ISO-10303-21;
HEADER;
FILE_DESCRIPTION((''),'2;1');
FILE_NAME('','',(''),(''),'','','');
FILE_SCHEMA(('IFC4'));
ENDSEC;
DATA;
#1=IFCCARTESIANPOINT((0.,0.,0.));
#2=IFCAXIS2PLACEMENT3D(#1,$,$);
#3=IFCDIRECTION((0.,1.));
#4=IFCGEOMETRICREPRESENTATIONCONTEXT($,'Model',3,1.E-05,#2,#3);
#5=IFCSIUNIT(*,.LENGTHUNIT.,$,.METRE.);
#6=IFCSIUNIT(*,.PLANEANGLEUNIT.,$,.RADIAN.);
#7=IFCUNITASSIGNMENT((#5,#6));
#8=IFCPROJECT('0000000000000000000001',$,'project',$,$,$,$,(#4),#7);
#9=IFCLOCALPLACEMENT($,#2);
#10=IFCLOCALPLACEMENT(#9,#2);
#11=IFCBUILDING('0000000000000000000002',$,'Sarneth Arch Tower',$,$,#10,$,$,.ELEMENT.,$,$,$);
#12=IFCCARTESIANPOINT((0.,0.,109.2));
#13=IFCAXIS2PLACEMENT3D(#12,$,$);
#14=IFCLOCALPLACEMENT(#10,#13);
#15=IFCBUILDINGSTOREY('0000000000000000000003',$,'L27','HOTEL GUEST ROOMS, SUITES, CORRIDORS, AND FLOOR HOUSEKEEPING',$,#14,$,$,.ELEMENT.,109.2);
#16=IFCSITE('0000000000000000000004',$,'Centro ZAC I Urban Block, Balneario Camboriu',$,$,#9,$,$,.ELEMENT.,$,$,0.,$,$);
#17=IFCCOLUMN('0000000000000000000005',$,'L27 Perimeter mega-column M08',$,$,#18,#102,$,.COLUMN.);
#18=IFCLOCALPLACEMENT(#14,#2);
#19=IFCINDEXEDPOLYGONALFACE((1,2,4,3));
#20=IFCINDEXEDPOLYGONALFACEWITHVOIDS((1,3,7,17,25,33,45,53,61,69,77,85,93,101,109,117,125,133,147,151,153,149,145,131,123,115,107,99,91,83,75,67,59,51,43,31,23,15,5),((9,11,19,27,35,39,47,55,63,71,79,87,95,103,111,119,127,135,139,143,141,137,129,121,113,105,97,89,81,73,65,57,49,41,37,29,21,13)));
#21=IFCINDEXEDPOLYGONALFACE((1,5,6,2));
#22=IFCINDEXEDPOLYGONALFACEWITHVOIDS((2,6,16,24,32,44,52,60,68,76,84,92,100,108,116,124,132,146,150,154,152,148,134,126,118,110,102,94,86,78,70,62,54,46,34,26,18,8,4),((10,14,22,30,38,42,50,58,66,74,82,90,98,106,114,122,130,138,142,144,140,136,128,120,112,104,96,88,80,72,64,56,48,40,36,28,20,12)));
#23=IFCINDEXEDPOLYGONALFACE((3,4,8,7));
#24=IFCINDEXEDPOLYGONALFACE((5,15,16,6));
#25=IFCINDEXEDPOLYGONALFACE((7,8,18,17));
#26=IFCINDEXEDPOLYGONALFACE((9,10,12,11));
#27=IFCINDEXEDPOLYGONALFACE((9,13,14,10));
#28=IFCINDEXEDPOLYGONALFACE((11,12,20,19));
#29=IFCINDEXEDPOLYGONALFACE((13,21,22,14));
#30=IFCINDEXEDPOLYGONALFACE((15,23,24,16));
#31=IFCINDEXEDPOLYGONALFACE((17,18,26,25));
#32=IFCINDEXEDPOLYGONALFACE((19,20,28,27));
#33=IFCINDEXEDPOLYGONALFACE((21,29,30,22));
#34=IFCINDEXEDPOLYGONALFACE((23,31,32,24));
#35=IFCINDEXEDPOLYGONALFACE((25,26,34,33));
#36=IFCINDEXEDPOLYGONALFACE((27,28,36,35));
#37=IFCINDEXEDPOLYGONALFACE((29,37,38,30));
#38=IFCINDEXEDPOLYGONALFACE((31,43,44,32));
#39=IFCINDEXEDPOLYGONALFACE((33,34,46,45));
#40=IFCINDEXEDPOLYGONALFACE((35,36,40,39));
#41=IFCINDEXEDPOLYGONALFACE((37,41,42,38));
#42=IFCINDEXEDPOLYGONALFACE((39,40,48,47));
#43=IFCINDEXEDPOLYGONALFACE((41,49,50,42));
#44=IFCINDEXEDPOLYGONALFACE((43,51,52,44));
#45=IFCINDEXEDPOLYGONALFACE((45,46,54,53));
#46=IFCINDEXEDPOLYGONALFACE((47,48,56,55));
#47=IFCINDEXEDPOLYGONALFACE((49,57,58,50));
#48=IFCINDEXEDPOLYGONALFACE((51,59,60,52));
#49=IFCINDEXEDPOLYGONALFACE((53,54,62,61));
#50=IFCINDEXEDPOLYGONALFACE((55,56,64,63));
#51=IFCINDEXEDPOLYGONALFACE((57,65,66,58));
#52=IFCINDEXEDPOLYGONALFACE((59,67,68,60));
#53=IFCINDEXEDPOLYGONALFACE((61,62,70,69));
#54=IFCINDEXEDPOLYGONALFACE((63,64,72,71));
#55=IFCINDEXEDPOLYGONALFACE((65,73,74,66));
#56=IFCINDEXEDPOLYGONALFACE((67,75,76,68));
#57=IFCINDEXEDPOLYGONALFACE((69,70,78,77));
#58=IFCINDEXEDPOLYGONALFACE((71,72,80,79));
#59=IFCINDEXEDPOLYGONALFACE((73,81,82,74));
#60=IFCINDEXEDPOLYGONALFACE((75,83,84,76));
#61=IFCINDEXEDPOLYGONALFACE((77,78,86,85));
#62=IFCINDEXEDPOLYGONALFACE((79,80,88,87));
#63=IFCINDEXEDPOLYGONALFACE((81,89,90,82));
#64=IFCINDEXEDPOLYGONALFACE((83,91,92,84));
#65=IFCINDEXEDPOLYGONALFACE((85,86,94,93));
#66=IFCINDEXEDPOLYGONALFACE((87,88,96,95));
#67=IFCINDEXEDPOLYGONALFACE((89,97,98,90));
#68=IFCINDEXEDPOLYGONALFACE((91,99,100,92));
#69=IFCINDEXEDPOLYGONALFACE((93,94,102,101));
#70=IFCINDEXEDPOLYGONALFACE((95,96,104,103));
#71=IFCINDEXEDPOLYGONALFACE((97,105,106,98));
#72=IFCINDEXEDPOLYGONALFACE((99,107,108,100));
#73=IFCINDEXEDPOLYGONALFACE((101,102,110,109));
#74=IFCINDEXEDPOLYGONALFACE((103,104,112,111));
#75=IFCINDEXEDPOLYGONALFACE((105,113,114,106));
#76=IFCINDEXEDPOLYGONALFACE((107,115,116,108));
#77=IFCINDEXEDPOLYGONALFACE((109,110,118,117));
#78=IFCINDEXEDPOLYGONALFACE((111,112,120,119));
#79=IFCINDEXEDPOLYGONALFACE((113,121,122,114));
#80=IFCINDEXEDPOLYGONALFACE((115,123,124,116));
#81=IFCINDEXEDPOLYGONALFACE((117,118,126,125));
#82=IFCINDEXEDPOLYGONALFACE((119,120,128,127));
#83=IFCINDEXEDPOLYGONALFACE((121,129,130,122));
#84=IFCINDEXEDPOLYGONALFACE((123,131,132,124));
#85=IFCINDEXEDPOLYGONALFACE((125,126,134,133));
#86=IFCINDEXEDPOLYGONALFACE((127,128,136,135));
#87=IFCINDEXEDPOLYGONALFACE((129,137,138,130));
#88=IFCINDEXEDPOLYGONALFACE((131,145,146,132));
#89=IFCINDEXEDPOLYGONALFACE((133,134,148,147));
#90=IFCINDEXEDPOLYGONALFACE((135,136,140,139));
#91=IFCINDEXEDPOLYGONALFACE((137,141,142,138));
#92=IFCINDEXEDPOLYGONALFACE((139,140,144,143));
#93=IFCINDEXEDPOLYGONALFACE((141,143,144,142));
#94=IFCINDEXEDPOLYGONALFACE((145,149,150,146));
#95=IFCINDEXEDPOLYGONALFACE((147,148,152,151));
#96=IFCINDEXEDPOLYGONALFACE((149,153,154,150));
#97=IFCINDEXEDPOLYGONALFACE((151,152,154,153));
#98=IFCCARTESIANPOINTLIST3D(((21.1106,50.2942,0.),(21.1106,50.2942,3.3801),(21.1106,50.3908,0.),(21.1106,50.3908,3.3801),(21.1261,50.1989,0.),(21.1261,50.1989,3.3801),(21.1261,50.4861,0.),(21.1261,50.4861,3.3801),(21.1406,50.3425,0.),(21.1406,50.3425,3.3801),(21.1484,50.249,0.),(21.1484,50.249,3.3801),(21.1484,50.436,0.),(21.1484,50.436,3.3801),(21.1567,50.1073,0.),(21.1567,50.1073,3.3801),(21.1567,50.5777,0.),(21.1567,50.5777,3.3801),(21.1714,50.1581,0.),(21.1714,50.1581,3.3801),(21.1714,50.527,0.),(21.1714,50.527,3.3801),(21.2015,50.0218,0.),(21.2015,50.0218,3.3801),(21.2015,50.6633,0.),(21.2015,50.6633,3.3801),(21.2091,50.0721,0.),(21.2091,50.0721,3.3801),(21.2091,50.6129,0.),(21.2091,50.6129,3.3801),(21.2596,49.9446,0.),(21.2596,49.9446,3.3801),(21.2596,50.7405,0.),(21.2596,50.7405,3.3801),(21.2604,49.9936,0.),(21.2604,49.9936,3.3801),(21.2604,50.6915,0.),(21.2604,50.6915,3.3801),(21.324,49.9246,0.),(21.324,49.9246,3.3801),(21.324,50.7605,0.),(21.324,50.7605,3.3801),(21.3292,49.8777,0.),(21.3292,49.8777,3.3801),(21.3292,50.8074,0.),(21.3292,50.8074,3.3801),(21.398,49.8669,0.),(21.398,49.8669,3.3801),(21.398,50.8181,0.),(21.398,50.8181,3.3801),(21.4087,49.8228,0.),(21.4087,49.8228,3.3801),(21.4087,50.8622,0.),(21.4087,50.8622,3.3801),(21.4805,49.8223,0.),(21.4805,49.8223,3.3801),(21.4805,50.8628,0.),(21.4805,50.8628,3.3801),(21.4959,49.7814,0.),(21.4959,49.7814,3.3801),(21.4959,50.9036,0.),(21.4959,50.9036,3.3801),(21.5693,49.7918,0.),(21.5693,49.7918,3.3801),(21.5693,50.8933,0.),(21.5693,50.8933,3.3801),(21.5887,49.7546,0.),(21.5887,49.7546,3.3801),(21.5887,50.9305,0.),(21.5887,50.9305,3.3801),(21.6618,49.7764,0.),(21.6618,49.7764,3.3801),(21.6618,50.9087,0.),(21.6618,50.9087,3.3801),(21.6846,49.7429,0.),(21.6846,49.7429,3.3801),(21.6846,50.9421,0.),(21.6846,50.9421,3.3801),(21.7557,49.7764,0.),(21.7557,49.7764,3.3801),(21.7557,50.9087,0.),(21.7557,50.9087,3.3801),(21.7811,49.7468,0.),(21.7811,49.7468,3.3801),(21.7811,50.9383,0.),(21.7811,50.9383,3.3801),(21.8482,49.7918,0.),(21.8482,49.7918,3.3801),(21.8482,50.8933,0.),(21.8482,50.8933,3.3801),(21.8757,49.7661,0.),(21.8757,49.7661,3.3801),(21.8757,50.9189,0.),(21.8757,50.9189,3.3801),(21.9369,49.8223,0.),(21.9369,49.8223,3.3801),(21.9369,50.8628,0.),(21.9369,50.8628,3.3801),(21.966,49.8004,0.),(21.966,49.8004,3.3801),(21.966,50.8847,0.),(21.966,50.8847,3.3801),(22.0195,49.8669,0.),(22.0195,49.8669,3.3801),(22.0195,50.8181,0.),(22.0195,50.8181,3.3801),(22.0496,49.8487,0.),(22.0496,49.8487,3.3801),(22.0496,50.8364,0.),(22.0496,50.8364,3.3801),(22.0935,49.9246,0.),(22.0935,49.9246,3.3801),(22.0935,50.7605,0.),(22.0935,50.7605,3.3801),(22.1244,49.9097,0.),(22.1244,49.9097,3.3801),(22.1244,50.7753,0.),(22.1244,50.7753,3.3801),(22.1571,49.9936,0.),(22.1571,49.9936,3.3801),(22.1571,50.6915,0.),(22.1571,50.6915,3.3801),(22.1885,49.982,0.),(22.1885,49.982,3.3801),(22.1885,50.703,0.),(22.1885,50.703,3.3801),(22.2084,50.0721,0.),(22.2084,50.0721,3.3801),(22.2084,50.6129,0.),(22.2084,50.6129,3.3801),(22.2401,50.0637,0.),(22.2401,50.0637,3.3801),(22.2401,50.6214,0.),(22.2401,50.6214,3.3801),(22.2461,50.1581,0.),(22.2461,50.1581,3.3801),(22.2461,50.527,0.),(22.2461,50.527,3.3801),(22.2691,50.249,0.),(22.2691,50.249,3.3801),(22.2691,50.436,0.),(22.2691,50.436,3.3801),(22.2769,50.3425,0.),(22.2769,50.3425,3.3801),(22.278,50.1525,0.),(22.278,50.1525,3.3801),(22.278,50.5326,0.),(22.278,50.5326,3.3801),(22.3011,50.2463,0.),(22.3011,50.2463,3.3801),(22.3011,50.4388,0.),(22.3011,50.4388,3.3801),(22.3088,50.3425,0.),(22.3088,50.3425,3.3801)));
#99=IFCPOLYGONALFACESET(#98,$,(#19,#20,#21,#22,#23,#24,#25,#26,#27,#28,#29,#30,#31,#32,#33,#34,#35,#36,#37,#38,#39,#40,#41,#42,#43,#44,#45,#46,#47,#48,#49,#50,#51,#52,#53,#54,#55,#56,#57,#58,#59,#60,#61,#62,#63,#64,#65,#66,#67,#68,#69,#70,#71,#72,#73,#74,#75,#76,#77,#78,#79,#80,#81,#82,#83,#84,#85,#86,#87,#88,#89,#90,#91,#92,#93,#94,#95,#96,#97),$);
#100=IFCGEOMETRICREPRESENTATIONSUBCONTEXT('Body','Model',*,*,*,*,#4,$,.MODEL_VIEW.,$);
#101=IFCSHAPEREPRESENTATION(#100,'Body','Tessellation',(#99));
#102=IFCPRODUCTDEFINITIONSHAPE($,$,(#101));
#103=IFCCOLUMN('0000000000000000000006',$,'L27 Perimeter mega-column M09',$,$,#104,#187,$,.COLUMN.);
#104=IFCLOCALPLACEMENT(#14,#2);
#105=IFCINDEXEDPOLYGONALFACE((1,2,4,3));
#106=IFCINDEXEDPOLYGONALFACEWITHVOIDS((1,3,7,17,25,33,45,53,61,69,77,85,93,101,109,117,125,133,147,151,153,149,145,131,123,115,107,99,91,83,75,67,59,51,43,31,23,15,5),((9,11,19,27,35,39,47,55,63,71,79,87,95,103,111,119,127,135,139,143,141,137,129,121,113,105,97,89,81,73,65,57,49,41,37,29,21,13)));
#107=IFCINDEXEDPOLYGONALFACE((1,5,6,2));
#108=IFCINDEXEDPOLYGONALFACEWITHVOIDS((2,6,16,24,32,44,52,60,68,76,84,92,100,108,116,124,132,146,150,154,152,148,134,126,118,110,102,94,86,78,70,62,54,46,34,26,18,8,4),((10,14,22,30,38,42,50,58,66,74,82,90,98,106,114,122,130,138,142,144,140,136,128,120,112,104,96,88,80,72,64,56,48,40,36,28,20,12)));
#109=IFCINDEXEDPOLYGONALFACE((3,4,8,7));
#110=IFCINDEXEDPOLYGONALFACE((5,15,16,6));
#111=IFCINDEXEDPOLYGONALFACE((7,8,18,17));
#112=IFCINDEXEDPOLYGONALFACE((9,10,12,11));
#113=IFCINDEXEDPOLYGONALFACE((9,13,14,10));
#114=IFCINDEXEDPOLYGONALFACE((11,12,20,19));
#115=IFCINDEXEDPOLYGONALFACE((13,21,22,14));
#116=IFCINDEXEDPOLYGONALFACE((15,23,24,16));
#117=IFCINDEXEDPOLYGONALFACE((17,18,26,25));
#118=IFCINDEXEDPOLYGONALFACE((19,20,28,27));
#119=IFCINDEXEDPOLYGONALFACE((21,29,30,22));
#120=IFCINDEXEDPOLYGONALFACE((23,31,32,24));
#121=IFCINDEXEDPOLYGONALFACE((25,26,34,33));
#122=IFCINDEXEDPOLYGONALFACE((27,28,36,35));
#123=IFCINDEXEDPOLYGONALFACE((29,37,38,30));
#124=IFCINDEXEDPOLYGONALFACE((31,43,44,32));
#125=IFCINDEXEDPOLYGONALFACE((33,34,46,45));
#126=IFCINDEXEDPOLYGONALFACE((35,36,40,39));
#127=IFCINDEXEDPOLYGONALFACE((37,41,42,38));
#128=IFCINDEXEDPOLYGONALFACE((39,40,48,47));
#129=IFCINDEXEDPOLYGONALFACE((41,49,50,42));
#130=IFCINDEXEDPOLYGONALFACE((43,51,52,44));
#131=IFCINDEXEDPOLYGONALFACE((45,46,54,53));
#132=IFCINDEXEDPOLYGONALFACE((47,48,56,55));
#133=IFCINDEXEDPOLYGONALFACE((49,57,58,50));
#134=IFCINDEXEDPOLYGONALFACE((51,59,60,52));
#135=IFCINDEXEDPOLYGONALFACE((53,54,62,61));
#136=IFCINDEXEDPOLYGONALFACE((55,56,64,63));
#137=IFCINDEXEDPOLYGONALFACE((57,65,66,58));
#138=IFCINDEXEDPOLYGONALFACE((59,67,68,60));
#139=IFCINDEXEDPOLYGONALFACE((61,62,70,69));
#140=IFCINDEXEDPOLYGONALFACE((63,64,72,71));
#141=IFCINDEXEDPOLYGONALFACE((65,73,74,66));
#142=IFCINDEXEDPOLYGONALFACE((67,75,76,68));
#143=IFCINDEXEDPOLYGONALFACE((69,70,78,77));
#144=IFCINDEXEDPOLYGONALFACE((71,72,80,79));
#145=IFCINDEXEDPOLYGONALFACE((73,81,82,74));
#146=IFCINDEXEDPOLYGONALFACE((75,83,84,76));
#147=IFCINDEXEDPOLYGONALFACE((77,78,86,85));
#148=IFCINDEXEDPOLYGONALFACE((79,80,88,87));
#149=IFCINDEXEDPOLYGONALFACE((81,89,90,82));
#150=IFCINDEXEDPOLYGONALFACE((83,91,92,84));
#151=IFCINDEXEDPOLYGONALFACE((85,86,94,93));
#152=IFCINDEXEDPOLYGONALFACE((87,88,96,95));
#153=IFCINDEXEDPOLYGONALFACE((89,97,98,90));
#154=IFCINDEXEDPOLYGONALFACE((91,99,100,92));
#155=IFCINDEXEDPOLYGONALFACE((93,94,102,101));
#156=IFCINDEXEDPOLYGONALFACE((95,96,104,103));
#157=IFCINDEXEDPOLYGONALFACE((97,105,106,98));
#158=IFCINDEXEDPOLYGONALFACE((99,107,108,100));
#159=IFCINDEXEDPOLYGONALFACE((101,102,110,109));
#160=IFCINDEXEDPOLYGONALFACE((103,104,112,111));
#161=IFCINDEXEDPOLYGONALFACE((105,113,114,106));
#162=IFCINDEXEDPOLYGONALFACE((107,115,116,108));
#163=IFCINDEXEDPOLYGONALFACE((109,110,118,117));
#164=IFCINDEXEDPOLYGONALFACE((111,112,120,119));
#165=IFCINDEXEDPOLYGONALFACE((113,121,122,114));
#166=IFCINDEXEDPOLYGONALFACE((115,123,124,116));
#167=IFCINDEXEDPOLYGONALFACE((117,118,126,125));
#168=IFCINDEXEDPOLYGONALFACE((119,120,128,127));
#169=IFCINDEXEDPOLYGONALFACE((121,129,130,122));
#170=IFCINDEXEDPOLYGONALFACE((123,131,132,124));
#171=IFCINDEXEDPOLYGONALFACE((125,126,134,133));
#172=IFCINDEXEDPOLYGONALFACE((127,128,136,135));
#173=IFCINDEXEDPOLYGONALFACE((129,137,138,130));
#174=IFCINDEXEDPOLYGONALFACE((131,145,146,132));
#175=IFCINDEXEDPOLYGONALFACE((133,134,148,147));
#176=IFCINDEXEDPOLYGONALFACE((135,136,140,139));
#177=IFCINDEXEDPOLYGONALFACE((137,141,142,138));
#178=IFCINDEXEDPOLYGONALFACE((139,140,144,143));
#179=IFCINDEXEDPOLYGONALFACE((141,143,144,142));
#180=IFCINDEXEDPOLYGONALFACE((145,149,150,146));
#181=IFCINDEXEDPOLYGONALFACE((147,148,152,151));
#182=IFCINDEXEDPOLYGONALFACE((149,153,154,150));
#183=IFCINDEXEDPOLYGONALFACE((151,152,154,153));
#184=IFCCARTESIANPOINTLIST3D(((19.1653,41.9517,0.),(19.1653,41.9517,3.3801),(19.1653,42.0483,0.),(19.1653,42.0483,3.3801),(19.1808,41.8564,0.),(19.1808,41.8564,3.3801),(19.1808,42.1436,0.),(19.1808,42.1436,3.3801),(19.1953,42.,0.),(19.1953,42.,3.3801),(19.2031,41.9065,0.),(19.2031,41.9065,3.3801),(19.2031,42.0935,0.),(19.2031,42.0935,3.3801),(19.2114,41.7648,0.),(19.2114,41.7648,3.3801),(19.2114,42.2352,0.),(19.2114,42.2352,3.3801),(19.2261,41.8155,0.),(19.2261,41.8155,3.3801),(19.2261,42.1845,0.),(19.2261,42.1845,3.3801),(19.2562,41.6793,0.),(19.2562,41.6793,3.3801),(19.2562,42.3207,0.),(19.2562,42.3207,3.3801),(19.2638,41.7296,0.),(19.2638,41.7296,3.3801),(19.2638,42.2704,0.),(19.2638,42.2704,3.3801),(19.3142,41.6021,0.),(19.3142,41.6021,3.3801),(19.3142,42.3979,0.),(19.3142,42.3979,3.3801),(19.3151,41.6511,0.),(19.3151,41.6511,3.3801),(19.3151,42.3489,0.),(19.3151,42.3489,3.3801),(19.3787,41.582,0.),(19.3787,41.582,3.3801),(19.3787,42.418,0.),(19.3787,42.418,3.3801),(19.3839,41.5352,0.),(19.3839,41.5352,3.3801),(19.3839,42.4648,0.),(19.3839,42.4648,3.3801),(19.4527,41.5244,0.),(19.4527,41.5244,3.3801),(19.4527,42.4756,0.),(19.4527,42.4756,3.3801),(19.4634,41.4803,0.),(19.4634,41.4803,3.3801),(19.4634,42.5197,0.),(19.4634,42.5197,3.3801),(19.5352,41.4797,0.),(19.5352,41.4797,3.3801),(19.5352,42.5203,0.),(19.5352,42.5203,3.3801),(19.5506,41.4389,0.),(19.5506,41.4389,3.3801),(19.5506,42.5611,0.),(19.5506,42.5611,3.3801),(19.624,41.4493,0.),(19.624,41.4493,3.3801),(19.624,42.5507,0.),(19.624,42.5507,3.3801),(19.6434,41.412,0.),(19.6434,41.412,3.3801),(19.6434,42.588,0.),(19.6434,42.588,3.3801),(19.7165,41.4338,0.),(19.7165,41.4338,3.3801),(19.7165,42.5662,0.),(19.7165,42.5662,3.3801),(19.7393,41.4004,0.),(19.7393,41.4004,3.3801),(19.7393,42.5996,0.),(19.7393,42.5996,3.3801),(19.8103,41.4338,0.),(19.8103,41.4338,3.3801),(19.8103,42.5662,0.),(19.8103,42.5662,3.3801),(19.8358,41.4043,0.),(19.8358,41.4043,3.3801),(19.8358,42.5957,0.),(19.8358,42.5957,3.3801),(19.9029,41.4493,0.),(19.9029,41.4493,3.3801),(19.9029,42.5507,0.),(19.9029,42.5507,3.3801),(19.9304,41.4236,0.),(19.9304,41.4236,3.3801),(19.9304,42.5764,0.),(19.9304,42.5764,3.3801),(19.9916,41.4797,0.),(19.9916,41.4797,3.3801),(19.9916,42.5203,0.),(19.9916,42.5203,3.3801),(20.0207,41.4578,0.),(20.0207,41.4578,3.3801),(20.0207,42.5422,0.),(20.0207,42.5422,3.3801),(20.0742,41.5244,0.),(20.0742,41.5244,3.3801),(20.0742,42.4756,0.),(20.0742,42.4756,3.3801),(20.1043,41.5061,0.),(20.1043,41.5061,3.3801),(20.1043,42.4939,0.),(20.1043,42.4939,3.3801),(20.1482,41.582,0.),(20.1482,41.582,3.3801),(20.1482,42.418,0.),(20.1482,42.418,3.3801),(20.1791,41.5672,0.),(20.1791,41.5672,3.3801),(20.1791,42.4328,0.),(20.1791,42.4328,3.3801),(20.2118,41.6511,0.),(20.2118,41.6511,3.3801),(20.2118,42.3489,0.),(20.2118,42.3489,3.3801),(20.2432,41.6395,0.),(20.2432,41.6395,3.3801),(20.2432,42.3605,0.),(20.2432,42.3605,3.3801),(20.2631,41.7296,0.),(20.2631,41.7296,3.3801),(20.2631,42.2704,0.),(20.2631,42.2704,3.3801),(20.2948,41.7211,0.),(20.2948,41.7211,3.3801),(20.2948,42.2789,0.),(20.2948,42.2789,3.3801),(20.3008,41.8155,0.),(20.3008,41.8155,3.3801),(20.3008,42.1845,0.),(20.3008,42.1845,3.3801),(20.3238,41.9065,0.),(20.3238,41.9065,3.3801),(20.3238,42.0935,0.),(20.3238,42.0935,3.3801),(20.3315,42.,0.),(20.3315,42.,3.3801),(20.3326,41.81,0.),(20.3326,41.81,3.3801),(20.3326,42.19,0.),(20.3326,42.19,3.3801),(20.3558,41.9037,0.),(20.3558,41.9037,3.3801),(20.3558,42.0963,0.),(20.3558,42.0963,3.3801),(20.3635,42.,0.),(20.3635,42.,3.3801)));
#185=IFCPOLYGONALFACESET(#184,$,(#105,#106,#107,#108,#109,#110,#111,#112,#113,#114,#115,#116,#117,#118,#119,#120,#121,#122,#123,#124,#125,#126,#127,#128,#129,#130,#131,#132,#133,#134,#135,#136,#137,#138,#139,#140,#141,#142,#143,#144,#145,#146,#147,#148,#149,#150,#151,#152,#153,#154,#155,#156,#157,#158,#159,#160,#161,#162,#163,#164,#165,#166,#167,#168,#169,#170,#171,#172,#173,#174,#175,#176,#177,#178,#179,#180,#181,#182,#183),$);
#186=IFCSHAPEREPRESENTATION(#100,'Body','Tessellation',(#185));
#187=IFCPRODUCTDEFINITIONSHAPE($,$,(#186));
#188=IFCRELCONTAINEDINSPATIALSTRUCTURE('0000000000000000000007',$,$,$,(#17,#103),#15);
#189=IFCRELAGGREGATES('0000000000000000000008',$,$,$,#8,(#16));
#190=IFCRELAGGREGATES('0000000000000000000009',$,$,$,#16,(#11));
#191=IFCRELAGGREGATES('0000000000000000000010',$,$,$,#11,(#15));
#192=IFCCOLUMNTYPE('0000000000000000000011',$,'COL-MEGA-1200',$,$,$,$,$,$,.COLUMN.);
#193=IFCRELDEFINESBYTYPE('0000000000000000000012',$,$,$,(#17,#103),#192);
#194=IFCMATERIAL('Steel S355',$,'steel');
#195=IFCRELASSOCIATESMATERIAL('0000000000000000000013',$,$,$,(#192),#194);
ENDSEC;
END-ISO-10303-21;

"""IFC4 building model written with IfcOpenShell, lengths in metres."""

from ifc_helpers import new_model, si_unit, direction, frame, origin, origin_2d, place, context, subcontext, project, spatial, hollow_circle, extrude, material, material_profile, profile_set, type_object, element, save


model = new_model("IFC4")

# Units and contexts
model_context = context("Model", 3, precision=1e-05, world=origin(), true_north=direction((0.0, 1.0)))
body_context = subcontext(model_context, "Body", "Model", "MODEL_VIEW")
ifc_project = project(units=[si_unit("LENGTHUNIT", "METRE"), si_unit("PLANEANGLEUNIT", "RADIAN")], contexts=[model_context])

# Site, building, storey
site_placement = place(None, origin())
site = spatial("IfcSite", under=ifc_project, at=site_placement, Name="Centro ZAC I Urban Block, Balneario Camboriu", CompositionType="ELEMENT", RefElevation=0.0)
building_placement = place(site_placement, origin())
building = spatial("IfcBuilding", under=site, at=building_placement, Name="Sarneth Arch Tower", CompositionType="ELEMENT")
storey_placement = place(building_placement, frame((0.0, 0.0, 109.2)))
storey = spatial("IfcBuildingStorey", under=building, at=storey_placement, Name="L27", Description="HOTEL GUEST ROOMS, SUITES, CORRIDORS, AND FLOOR HOUSEKEEPING", CompositionType="ELEMENT", Elevation=109.2)

# Columns
ifc_material_1 = material(Name="Steel S355", Category="steel")
ifc_material_profile_1 = material_profile(ifc_material_1, hollow_circle(Radius=0.6001, WallThickness=0.032, at=origin_2d()), Name="CHS1200x32")
ifc_profile_set_1 = profile_set([ifc_material_profile_1], Name="Steel S355")
column_type = type_object("IfcColumnType", Name="COL-MEGA-1200", PredefinedType="COLUMN", material=ifc_profile_set_1)
for number, where, z_axis, x_axis, name in (
    (1, (21.7087, 50.3425, 0.0), (0.0, 0.0, 1.0), (1.0, 0.0, 0.0), "L27 Perimeter mega-column M08"),
    (2, (19.7634, 42.0, 0.0), (0.0, 0.0, 1.0), (1.0, 0.0, 0.0), "L27 Perimeter mega-column M09"),
):
    element("IfcColumn", number, at=place(storey_placement, frame(where, z_axis=z_axis, x_axis=x_axis)), inside=storey, type_object=column_type, Name=name, PredefinedType="COLUMN", context=body_context, shape_type="SweptSolid", body=[
        extrude(hollow_circle(Radius=0.6001, WallThickness=0.032, at=origin_2d()), origin(), (0.0, 0.0, 1.0), 3.3801),
    ])

save(model, "model.ifc")
